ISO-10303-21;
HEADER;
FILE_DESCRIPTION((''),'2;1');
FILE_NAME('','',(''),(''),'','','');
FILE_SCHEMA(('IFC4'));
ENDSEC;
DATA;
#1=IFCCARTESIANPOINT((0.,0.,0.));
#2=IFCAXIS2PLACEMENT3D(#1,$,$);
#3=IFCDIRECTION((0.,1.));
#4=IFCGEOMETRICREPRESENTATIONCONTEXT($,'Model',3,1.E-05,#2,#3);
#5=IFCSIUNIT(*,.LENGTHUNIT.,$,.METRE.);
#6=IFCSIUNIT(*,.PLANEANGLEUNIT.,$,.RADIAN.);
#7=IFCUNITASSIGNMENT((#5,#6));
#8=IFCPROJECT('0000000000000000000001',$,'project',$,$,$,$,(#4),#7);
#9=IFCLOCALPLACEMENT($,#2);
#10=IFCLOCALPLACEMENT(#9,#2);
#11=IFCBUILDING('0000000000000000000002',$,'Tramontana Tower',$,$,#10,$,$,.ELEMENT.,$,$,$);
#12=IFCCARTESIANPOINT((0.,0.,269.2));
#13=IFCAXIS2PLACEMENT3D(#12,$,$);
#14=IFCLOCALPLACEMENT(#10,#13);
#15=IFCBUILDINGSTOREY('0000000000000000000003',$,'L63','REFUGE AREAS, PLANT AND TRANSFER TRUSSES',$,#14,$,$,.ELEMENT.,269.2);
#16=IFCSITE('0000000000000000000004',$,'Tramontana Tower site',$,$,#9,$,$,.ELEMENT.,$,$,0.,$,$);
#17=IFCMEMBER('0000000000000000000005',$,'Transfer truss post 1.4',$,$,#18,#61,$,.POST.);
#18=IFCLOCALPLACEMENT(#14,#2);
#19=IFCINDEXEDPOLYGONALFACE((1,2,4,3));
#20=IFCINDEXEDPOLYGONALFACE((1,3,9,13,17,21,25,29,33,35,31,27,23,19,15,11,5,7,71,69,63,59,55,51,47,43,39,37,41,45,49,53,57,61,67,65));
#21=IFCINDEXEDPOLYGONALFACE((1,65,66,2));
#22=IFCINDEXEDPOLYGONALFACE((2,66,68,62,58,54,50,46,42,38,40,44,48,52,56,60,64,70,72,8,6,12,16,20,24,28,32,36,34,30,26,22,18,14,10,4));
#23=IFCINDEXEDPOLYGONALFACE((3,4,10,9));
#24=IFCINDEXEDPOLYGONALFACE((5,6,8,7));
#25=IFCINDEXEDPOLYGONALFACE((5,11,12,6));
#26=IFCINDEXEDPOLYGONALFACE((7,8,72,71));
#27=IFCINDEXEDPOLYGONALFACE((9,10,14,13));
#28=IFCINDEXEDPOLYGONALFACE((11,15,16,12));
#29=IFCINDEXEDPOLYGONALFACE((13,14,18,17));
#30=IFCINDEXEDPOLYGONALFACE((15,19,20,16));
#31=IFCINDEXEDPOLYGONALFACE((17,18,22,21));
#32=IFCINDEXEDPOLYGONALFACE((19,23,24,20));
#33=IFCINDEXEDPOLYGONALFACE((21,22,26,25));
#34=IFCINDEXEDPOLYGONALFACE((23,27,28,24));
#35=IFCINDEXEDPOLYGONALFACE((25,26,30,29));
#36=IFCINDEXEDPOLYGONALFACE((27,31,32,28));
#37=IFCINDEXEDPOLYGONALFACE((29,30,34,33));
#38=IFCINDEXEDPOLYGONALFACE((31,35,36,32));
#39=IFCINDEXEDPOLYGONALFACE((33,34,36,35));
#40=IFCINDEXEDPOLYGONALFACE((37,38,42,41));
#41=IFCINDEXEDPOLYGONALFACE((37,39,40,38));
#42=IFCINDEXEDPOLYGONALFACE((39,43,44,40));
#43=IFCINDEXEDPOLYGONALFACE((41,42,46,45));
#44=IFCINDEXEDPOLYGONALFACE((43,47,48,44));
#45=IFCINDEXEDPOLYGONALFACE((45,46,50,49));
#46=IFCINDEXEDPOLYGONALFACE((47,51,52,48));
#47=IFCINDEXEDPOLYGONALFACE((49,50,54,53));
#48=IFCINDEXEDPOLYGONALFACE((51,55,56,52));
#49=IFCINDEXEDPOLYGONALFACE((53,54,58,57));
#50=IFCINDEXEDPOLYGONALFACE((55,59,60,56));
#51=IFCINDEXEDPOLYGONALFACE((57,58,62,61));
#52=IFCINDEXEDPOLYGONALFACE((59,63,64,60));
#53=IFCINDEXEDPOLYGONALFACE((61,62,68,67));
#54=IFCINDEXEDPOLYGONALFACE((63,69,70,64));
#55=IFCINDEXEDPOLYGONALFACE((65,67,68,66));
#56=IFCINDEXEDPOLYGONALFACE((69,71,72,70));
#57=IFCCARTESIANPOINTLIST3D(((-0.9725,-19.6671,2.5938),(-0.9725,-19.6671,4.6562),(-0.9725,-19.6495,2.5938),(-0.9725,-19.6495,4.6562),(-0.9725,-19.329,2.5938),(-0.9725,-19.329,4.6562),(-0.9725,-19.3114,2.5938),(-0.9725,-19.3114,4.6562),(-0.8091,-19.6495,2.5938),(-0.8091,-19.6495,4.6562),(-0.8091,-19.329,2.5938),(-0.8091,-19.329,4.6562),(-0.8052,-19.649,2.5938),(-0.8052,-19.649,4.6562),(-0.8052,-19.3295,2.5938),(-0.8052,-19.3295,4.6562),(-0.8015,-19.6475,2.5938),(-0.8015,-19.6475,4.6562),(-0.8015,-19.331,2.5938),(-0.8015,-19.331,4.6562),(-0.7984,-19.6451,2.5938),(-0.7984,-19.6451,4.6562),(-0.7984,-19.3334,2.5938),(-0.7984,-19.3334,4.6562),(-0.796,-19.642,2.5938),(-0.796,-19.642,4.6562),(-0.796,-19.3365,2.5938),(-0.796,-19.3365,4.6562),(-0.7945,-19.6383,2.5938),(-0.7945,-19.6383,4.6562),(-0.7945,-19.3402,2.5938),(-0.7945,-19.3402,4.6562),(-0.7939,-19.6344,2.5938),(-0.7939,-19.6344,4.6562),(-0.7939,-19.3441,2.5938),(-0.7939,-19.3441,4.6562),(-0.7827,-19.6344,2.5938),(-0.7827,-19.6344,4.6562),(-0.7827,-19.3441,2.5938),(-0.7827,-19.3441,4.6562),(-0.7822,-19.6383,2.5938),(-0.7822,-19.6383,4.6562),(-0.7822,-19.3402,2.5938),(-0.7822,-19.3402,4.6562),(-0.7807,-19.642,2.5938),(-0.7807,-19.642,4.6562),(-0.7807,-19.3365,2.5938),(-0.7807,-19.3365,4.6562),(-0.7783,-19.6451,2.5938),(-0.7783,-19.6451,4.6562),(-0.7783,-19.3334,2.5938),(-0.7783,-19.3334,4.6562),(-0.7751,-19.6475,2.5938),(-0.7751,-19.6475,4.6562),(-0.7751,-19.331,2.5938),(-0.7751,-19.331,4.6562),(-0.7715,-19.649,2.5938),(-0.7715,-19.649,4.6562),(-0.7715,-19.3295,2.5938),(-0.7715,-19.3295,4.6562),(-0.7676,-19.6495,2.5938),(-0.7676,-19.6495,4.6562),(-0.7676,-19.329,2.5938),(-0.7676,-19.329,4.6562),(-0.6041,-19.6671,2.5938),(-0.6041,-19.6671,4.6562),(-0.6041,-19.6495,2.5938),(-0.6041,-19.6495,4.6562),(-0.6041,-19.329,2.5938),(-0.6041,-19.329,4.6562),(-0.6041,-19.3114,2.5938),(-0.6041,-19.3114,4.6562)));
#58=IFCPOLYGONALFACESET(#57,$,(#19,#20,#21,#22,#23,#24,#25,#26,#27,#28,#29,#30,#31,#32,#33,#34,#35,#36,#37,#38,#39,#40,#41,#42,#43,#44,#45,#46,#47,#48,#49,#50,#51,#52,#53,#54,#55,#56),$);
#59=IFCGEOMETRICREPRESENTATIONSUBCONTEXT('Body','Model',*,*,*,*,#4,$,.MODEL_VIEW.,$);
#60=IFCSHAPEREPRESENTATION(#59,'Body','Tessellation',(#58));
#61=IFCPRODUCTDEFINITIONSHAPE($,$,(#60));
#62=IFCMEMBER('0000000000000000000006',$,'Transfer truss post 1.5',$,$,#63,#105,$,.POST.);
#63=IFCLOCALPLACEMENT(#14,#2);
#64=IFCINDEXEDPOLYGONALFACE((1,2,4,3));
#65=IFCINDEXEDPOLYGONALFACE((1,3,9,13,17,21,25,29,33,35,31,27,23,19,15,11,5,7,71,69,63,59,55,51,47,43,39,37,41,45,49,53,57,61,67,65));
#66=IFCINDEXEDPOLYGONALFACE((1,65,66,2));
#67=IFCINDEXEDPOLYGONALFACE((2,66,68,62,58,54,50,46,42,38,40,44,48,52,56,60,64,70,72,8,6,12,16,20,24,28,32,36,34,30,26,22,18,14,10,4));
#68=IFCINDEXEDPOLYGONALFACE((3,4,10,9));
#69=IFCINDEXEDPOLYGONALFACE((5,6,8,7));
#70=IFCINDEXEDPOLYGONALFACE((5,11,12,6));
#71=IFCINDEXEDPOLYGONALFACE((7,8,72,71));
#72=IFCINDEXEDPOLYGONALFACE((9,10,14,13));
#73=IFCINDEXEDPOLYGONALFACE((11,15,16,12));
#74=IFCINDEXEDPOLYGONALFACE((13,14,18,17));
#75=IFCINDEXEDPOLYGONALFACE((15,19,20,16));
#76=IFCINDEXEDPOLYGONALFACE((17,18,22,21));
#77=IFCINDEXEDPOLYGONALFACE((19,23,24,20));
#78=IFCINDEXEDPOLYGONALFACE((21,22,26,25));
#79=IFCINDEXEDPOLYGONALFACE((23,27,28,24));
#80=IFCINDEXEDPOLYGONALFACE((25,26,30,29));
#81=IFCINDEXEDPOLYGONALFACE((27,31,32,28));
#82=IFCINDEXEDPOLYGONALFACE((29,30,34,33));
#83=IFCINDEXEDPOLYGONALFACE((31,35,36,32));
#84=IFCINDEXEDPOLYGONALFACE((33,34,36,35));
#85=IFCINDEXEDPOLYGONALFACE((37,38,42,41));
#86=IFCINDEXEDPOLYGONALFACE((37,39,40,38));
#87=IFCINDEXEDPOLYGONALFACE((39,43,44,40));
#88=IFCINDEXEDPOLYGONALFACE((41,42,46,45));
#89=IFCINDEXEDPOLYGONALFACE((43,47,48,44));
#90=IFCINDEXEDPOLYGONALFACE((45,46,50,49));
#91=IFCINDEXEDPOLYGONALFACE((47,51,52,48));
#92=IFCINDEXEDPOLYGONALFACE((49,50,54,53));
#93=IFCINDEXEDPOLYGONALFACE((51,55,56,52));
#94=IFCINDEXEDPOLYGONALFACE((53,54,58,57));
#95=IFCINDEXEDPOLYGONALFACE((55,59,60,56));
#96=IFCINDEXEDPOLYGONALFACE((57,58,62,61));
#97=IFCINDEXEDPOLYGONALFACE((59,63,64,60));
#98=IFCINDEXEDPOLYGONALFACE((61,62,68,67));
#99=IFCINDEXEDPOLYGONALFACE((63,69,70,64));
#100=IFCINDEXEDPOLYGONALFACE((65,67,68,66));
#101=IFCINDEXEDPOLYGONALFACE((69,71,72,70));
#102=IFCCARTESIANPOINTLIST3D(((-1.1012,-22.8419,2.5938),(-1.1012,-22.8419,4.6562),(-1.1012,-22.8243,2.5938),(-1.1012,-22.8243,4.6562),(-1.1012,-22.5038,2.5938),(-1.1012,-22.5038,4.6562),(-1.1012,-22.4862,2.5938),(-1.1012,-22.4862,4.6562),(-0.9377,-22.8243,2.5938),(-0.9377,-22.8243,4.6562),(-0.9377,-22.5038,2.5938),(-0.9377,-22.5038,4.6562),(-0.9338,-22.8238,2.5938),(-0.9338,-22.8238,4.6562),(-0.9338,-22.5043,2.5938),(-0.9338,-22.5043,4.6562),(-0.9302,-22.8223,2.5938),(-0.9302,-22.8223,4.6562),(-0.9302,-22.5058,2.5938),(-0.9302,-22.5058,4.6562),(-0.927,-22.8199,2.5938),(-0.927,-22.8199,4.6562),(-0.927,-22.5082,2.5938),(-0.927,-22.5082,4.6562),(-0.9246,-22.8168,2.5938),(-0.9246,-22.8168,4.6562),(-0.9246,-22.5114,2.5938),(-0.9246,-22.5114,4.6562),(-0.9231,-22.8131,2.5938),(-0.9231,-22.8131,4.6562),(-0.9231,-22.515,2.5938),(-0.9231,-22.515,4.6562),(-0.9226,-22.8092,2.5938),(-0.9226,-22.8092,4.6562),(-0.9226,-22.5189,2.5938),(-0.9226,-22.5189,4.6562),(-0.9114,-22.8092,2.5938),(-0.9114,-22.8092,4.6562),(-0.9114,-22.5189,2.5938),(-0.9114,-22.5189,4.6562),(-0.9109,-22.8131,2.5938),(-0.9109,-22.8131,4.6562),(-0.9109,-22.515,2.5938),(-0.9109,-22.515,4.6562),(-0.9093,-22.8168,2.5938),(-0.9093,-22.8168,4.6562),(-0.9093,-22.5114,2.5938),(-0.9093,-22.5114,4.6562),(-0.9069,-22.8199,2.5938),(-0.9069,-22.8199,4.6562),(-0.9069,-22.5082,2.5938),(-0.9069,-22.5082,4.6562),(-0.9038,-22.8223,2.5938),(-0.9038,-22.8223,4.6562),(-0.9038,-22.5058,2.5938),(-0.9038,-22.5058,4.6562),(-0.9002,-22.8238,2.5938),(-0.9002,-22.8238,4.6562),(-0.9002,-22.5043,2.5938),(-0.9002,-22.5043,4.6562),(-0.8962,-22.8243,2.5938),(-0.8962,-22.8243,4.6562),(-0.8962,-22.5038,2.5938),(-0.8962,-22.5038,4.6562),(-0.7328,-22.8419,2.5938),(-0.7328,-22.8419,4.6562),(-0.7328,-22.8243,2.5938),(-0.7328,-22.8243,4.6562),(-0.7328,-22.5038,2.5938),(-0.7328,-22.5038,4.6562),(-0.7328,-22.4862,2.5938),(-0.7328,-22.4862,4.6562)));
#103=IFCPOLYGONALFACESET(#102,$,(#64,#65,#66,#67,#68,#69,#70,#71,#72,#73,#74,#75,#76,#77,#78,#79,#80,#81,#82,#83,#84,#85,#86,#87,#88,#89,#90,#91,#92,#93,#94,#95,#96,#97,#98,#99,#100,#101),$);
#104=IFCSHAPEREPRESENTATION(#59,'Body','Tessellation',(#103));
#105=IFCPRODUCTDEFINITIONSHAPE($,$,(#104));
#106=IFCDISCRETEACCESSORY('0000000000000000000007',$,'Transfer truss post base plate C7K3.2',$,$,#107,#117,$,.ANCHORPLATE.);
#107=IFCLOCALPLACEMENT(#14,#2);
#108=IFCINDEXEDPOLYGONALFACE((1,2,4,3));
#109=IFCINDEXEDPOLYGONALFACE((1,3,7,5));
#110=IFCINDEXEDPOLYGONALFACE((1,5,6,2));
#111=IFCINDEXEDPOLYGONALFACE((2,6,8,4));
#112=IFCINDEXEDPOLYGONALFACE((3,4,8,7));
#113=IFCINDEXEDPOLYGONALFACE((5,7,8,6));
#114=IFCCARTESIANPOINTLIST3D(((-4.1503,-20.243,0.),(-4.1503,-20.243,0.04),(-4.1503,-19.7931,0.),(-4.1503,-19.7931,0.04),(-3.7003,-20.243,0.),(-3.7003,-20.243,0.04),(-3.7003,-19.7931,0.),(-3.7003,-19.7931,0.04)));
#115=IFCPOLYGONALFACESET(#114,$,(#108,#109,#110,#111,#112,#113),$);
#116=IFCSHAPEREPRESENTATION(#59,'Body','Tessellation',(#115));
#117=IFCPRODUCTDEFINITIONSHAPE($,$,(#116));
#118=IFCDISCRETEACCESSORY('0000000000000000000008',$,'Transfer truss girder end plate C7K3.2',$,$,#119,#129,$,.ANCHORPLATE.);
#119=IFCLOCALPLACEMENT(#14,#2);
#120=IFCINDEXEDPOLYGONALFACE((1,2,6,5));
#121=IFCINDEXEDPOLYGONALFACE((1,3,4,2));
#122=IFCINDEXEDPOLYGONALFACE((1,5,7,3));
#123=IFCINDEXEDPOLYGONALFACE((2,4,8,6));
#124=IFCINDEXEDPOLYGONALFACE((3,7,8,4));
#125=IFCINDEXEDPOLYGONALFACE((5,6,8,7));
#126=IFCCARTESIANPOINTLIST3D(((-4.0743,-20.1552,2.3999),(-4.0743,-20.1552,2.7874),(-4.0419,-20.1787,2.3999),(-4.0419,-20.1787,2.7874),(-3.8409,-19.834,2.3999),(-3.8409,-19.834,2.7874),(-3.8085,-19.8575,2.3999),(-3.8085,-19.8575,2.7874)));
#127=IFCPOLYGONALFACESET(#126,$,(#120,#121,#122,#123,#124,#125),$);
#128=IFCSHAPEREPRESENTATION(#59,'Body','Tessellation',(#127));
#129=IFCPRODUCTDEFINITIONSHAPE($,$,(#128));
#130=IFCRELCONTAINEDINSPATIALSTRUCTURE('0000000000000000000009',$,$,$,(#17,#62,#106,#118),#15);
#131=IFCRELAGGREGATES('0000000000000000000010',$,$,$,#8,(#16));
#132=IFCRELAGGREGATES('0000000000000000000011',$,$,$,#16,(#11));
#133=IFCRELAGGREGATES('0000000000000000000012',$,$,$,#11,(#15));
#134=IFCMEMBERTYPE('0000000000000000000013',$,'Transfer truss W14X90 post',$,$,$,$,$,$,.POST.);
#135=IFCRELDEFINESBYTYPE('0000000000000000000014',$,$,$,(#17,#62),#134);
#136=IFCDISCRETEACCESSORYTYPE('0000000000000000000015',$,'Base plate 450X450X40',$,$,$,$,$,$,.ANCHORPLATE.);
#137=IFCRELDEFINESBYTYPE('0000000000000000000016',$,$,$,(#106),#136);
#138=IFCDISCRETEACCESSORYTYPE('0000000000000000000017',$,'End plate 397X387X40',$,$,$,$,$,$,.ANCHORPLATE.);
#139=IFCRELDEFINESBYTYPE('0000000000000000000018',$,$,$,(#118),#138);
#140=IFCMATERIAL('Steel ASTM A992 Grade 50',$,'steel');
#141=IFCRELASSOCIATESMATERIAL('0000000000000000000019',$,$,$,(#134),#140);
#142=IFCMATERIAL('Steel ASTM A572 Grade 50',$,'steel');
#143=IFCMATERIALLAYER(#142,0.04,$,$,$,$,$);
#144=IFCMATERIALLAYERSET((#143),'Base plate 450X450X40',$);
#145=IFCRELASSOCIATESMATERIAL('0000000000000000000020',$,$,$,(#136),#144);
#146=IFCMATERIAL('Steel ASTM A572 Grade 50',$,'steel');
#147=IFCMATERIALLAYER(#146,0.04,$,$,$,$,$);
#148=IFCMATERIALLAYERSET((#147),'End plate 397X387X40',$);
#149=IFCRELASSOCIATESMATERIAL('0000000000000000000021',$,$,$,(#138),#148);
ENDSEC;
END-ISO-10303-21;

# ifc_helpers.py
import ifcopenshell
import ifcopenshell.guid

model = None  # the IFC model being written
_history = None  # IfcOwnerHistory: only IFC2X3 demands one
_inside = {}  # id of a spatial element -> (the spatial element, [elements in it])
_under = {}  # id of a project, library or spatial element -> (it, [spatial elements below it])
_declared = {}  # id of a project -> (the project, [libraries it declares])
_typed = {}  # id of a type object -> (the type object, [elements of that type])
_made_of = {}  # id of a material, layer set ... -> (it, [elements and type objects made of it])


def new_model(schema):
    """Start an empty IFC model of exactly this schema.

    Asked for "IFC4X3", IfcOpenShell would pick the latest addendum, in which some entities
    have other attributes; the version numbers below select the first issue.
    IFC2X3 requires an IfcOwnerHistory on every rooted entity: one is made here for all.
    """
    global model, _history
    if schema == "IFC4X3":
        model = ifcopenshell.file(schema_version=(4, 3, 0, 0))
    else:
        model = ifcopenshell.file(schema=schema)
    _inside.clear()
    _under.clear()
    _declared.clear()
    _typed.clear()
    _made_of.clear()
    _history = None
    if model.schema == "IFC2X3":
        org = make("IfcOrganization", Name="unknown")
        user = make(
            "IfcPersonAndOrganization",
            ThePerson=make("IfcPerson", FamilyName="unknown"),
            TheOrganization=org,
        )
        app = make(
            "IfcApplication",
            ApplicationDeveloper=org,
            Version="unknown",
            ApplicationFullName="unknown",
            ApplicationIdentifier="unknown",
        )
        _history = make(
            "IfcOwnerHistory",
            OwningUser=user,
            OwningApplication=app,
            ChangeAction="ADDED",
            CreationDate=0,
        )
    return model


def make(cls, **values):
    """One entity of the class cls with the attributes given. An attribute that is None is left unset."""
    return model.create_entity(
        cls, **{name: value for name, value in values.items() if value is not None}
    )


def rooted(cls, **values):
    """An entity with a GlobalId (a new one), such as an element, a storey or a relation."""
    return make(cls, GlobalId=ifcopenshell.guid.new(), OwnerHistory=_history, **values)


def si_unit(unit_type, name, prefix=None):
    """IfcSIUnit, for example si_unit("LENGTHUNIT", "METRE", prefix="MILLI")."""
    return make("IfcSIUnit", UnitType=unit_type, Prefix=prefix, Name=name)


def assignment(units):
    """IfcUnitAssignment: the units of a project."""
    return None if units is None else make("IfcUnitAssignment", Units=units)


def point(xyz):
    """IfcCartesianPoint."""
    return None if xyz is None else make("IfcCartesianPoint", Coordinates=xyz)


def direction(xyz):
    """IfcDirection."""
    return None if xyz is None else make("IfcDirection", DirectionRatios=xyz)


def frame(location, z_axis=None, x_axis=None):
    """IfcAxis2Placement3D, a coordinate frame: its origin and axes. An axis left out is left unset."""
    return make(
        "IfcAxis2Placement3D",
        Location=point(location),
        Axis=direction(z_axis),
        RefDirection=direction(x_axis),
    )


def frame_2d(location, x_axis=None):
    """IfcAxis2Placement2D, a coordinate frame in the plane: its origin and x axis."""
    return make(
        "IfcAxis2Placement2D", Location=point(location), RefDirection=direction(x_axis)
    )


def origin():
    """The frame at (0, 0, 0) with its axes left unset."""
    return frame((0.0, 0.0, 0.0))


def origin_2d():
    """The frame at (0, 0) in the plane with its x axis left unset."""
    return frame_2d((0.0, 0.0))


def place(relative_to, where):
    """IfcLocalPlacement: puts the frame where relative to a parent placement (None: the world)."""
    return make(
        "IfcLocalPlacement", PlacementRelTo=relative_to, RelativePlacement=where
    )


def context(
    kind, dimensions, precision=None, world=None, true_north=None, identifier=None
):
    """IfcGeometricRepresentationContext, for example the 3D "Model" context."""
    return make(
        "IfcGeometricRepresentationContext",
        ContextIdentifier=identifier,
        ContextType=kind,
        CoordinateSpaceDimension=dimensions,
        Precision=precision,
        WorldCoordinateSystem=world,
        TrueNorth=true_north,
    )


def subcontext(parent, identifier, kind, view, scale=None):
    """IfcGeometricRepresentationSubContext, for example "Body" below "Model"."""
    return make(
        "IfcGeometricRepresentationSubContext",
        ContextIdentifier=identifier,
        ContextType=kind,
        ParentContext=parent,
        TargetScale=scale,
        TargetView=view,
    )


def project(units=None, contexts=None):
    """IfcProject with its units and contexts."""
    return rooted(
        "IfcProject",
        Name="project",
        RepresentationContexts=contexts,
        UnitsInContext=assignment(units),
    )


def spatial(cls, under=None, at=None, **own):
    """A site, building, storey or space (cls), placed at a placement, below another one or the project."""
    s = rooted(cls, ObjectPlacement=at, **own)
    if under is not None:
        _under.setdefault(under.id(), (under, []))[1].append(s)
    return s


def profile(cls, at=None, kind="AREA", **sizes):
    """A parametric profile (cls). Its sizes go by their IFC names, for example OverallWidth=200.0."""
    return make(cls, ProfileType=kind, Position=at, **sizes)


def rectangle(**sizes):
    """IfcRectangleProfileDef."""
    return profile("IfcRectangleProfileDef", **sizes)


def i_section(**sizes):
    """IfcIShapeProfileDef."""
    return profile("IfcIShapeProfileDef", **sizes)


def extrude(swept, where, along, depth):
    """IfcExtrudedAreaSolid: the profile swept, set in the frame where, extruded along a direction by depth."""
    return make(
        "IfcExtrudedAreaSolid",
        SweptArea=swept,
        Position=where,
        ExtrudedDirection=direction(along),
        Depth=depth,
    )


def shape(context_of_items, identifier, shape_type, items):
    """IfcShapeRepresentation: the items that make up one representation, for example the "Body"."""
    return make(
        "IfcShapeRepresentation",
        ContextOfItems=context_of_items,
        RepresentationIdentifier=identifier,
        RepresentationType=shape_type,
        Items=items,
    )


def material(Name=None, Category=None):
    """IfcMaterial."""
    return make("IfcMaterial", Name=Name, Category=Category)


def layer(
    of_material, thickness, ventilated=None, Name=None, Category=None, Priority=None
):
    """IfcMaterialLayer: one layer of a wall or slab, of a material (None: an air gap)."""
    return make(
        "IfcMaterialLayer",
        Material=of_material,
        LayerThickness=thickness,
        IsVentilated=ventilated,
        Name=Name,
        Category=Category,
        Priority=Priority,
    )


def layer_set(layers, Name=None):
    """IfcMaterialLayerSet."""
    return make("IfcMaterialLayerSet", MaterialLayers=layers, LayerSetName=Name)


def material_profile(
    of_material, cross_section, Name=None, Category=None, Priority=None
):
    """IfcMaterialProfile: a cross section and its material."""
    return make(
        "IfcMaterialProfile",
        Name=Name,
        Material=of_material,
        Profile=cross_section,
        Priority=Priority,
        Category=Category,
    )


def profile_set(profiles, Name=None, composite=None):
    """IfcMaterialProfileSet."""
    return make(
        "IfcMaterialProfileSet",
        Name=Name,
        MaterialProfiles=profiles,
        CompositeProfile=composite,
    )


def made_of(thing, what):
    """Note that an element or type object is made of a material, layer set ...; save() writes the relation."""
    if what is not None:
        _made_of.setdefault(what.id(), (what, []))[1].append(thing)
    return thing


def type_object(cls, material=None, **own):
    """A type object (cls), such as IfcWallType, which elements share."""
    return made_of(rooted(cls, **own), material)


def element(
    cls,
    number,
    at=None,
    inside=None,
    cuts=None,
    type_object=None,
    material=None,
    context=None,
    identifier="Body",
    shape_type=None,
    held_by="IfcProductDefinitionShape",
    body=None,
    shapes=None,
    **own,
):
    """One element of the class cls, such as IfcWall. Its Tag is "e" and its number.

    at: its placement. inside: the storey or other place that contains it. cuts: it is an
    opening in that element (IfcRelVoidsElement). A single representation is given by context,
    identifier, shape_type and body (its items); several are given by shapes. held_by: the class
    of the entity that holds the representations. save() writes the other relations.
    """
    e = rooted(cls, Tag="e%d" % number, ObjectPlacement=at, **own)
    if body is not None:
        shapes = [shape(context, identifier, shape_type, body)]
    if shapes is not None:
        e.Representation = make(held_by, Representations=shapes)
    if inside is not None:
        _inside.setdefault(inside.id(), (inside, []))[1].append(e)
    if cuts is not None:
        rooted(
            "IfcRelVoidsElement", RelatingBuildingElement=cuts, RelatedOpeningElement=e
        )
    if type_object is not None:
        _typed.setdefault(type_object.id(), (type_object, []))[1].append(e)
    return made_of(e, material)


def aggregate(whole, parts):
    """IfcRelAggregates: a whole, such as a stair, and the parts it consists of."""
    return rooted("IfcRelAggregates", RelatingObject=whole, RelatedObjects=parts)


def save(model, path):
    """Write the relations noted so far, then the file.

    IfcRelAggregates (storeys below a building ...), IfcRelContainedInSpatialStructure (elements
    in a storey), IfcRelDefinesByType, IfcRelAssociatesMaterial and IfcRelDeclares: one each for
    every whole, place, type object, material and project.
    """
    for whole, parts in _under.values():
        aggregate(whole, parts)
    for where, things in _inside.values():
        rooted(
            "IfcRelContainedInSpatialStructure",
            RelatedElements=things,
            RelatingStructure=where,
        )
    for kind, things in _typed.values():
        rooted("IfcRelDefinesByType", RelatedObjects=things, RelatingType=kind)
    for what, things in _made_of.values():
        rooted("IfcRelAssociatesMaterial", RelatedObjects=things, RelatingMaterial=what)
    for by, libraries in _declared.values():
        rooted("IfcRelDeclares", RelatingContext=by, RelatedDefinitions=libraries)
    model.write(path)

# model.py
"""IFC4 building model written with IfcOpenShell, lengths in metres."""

from ifc_helpers import new_model, si_unit, direction, frame, origin, origin_2d, place, context, subcontext, project, spatial, rectangle, i_section, extrude, material, layer, layer_set, material_profile, profile_set, type_object, element, save


model = new_model("IFC4")

# Units and contexts
model_context = context("Model", 3, precision=1e-05, world=origin(), true_north=direction((0.0, 1.0)))
body_context = subcontext(model_context, "Body", "Model", "MODEL_VIEW")
ifc_project = project(units=[si_unit("LENGTHUNIT", "METRE"), si_unit("PLANEANGLEUNIT", "RADIAN")], contexts=[model_context])

# Site, building, storey
site_placement = place(None, origin())
site = spatial("IfcSite", under=ifc_project, at=site_placement, Name="Tramontana Tower site", CompositionType="ELEMENT", RefElevation=0.0)
building_placement = place(site_placement, origin())
building = spatial("IfcBuilding", under=site, at=building_placement, Name="Tramontana Tower", CompositionType="ELEMENT")
storey_placement = place(building_placement, frame((0.0, 0.0, 269.2)))
storey = spatial("IfcBuildingStorey", under=building, at=storey_placement, Name="L63", Description="REFUGE AREAS, PLANT AND TRANSFER TRUSSES", CompositionType="ELEMENT", Elevation=269.2)

# Members
ifc_material_1 = material(Name="Steel ASTM A992 Grade 50", Category="steel")
ifc_material_profile_1 = material_profile(ifc_material_1, i_section(OverallWidth=0.3684, OverallDepth=0.3557, WebThickness=0.0112, FlangeThickness=0.0176, FilletRadius=0.0151, at=origin_2d()), Name="W14X90")
ifc_profile_set_1 = profile_set([ifc_material_profile_1], Name="Steel ASTM A992 Grade 50")
member_type_1 = type_object("IfcMemberType", Name="Transfer truss W14X90 post", PredefinedType="POST", material=ifc_profile_set_1)
for number, where, z_axis, x_axis, name in (
    (1, (-0.7883, -19.4893, 2.5938), (0.0, 0.0, 1.0), (1.0, 0.0, 0.0), "Transfer truss post 1.4"),
    (2, (-0.917, -22.6641, 2.5938), (0.0, 0.0, 1.0), (1.0, 0.0, 0.0), "Transfer truss post 1.5"),
):
    element("IfcMember", number, at=place(storey_placement, frame(where, z_axis=z_axis, x_axis=x_axis)), inside=storey, type_object=member_type_1, Name=name, PredefinedType="POST", context=body_context, shape_type="SweptSolid", body=[
        extrude(i_section(OverallWidth=0.3684, OverallDepth=0.3557, WebThickness=0.0112, FlangeThickness=0.0176, FilletRadius=0.0151, at=origin_2d()), origin(), (0.0, 0.0, 1.0), 2.0625),
    ])

# Discrete accessories
ifc_material_2 = material(Name="Steel ASTM A572 Grade 50", Category="steel")
ifc_layer_1 = layer(ifc_material_2, 0.04)
ifc_layer_set_1 = layer_set([ifc_layer_1], Name="Base plate 450X450X40")
discrete_accessory_type_1 = type_object("IfcDiscreteAccessoryType", Name="Base plate 450X450X40", PredefinedType="ANCHORPLATE", material=ifc_layer_set_1)
discrete_accessory_1_placement = place(storey_placement, frame((-3.9253, -20.0181, 0.0), z_axis=(0.0, 0.0, 1.0), x_axis=(1.0, 0.0, 0.0)))
element("IfcDiscreteAccessory", 3, at=discrete_accessory_1_placement, inside=storey, type_object=discrete_accessory_type_1, Name="Transfer truss post base plate C7K3.2", PredefinedType="ANCHORPLATE", context=body_context, shape_type="SweptSolid", body=[
    extrude(rectangle(XDim=0.45, YDim=0.45, at=origin_2d()), origin(), (0.0, 0.0, 1.0), 0.04),
])
ifc_material_3 = material(Name="Steel ASTM A572 Grade 50", Category="steel")
ifc_layer_2 = layer(ifc_material_3, 0.04)
ifc_layer_set_2 = layer_set([ifc_layer_2], Name="End plate 397X387X40")
discrete_accessory_type_2 = type_object("IfcDiscreteAccessoryType", Name="End plate 397X387X40", PredefinedType="ANCHORPLATE", material=ifc_layer_set_2)
discrete_accessory_2_placement = place(storey_placement, frame((-3.9414, -20.0063, 2.3999), z_axis=(0.0, 0.0, 1.0), x_axis=(0.587785, 0.809017, 0.0)))
element("IfcDiscreteAccessory", 4, at=discrete_accessory_2_placement, inside=storey, type_object=discrete_accessory_type_2, Name="Transfer truss girder end plate C7K3.2", PredefinedType="ANCHORPLATE", context=body_context, shape_type="SweptSolid", body=[
    extrude(rectangle(XDim=0.397, YDim=0.04, at=origin_2d()), origin(), (0.0, 0.0, 1.0), 0.3875),
])

save(model, "model.ifc")
